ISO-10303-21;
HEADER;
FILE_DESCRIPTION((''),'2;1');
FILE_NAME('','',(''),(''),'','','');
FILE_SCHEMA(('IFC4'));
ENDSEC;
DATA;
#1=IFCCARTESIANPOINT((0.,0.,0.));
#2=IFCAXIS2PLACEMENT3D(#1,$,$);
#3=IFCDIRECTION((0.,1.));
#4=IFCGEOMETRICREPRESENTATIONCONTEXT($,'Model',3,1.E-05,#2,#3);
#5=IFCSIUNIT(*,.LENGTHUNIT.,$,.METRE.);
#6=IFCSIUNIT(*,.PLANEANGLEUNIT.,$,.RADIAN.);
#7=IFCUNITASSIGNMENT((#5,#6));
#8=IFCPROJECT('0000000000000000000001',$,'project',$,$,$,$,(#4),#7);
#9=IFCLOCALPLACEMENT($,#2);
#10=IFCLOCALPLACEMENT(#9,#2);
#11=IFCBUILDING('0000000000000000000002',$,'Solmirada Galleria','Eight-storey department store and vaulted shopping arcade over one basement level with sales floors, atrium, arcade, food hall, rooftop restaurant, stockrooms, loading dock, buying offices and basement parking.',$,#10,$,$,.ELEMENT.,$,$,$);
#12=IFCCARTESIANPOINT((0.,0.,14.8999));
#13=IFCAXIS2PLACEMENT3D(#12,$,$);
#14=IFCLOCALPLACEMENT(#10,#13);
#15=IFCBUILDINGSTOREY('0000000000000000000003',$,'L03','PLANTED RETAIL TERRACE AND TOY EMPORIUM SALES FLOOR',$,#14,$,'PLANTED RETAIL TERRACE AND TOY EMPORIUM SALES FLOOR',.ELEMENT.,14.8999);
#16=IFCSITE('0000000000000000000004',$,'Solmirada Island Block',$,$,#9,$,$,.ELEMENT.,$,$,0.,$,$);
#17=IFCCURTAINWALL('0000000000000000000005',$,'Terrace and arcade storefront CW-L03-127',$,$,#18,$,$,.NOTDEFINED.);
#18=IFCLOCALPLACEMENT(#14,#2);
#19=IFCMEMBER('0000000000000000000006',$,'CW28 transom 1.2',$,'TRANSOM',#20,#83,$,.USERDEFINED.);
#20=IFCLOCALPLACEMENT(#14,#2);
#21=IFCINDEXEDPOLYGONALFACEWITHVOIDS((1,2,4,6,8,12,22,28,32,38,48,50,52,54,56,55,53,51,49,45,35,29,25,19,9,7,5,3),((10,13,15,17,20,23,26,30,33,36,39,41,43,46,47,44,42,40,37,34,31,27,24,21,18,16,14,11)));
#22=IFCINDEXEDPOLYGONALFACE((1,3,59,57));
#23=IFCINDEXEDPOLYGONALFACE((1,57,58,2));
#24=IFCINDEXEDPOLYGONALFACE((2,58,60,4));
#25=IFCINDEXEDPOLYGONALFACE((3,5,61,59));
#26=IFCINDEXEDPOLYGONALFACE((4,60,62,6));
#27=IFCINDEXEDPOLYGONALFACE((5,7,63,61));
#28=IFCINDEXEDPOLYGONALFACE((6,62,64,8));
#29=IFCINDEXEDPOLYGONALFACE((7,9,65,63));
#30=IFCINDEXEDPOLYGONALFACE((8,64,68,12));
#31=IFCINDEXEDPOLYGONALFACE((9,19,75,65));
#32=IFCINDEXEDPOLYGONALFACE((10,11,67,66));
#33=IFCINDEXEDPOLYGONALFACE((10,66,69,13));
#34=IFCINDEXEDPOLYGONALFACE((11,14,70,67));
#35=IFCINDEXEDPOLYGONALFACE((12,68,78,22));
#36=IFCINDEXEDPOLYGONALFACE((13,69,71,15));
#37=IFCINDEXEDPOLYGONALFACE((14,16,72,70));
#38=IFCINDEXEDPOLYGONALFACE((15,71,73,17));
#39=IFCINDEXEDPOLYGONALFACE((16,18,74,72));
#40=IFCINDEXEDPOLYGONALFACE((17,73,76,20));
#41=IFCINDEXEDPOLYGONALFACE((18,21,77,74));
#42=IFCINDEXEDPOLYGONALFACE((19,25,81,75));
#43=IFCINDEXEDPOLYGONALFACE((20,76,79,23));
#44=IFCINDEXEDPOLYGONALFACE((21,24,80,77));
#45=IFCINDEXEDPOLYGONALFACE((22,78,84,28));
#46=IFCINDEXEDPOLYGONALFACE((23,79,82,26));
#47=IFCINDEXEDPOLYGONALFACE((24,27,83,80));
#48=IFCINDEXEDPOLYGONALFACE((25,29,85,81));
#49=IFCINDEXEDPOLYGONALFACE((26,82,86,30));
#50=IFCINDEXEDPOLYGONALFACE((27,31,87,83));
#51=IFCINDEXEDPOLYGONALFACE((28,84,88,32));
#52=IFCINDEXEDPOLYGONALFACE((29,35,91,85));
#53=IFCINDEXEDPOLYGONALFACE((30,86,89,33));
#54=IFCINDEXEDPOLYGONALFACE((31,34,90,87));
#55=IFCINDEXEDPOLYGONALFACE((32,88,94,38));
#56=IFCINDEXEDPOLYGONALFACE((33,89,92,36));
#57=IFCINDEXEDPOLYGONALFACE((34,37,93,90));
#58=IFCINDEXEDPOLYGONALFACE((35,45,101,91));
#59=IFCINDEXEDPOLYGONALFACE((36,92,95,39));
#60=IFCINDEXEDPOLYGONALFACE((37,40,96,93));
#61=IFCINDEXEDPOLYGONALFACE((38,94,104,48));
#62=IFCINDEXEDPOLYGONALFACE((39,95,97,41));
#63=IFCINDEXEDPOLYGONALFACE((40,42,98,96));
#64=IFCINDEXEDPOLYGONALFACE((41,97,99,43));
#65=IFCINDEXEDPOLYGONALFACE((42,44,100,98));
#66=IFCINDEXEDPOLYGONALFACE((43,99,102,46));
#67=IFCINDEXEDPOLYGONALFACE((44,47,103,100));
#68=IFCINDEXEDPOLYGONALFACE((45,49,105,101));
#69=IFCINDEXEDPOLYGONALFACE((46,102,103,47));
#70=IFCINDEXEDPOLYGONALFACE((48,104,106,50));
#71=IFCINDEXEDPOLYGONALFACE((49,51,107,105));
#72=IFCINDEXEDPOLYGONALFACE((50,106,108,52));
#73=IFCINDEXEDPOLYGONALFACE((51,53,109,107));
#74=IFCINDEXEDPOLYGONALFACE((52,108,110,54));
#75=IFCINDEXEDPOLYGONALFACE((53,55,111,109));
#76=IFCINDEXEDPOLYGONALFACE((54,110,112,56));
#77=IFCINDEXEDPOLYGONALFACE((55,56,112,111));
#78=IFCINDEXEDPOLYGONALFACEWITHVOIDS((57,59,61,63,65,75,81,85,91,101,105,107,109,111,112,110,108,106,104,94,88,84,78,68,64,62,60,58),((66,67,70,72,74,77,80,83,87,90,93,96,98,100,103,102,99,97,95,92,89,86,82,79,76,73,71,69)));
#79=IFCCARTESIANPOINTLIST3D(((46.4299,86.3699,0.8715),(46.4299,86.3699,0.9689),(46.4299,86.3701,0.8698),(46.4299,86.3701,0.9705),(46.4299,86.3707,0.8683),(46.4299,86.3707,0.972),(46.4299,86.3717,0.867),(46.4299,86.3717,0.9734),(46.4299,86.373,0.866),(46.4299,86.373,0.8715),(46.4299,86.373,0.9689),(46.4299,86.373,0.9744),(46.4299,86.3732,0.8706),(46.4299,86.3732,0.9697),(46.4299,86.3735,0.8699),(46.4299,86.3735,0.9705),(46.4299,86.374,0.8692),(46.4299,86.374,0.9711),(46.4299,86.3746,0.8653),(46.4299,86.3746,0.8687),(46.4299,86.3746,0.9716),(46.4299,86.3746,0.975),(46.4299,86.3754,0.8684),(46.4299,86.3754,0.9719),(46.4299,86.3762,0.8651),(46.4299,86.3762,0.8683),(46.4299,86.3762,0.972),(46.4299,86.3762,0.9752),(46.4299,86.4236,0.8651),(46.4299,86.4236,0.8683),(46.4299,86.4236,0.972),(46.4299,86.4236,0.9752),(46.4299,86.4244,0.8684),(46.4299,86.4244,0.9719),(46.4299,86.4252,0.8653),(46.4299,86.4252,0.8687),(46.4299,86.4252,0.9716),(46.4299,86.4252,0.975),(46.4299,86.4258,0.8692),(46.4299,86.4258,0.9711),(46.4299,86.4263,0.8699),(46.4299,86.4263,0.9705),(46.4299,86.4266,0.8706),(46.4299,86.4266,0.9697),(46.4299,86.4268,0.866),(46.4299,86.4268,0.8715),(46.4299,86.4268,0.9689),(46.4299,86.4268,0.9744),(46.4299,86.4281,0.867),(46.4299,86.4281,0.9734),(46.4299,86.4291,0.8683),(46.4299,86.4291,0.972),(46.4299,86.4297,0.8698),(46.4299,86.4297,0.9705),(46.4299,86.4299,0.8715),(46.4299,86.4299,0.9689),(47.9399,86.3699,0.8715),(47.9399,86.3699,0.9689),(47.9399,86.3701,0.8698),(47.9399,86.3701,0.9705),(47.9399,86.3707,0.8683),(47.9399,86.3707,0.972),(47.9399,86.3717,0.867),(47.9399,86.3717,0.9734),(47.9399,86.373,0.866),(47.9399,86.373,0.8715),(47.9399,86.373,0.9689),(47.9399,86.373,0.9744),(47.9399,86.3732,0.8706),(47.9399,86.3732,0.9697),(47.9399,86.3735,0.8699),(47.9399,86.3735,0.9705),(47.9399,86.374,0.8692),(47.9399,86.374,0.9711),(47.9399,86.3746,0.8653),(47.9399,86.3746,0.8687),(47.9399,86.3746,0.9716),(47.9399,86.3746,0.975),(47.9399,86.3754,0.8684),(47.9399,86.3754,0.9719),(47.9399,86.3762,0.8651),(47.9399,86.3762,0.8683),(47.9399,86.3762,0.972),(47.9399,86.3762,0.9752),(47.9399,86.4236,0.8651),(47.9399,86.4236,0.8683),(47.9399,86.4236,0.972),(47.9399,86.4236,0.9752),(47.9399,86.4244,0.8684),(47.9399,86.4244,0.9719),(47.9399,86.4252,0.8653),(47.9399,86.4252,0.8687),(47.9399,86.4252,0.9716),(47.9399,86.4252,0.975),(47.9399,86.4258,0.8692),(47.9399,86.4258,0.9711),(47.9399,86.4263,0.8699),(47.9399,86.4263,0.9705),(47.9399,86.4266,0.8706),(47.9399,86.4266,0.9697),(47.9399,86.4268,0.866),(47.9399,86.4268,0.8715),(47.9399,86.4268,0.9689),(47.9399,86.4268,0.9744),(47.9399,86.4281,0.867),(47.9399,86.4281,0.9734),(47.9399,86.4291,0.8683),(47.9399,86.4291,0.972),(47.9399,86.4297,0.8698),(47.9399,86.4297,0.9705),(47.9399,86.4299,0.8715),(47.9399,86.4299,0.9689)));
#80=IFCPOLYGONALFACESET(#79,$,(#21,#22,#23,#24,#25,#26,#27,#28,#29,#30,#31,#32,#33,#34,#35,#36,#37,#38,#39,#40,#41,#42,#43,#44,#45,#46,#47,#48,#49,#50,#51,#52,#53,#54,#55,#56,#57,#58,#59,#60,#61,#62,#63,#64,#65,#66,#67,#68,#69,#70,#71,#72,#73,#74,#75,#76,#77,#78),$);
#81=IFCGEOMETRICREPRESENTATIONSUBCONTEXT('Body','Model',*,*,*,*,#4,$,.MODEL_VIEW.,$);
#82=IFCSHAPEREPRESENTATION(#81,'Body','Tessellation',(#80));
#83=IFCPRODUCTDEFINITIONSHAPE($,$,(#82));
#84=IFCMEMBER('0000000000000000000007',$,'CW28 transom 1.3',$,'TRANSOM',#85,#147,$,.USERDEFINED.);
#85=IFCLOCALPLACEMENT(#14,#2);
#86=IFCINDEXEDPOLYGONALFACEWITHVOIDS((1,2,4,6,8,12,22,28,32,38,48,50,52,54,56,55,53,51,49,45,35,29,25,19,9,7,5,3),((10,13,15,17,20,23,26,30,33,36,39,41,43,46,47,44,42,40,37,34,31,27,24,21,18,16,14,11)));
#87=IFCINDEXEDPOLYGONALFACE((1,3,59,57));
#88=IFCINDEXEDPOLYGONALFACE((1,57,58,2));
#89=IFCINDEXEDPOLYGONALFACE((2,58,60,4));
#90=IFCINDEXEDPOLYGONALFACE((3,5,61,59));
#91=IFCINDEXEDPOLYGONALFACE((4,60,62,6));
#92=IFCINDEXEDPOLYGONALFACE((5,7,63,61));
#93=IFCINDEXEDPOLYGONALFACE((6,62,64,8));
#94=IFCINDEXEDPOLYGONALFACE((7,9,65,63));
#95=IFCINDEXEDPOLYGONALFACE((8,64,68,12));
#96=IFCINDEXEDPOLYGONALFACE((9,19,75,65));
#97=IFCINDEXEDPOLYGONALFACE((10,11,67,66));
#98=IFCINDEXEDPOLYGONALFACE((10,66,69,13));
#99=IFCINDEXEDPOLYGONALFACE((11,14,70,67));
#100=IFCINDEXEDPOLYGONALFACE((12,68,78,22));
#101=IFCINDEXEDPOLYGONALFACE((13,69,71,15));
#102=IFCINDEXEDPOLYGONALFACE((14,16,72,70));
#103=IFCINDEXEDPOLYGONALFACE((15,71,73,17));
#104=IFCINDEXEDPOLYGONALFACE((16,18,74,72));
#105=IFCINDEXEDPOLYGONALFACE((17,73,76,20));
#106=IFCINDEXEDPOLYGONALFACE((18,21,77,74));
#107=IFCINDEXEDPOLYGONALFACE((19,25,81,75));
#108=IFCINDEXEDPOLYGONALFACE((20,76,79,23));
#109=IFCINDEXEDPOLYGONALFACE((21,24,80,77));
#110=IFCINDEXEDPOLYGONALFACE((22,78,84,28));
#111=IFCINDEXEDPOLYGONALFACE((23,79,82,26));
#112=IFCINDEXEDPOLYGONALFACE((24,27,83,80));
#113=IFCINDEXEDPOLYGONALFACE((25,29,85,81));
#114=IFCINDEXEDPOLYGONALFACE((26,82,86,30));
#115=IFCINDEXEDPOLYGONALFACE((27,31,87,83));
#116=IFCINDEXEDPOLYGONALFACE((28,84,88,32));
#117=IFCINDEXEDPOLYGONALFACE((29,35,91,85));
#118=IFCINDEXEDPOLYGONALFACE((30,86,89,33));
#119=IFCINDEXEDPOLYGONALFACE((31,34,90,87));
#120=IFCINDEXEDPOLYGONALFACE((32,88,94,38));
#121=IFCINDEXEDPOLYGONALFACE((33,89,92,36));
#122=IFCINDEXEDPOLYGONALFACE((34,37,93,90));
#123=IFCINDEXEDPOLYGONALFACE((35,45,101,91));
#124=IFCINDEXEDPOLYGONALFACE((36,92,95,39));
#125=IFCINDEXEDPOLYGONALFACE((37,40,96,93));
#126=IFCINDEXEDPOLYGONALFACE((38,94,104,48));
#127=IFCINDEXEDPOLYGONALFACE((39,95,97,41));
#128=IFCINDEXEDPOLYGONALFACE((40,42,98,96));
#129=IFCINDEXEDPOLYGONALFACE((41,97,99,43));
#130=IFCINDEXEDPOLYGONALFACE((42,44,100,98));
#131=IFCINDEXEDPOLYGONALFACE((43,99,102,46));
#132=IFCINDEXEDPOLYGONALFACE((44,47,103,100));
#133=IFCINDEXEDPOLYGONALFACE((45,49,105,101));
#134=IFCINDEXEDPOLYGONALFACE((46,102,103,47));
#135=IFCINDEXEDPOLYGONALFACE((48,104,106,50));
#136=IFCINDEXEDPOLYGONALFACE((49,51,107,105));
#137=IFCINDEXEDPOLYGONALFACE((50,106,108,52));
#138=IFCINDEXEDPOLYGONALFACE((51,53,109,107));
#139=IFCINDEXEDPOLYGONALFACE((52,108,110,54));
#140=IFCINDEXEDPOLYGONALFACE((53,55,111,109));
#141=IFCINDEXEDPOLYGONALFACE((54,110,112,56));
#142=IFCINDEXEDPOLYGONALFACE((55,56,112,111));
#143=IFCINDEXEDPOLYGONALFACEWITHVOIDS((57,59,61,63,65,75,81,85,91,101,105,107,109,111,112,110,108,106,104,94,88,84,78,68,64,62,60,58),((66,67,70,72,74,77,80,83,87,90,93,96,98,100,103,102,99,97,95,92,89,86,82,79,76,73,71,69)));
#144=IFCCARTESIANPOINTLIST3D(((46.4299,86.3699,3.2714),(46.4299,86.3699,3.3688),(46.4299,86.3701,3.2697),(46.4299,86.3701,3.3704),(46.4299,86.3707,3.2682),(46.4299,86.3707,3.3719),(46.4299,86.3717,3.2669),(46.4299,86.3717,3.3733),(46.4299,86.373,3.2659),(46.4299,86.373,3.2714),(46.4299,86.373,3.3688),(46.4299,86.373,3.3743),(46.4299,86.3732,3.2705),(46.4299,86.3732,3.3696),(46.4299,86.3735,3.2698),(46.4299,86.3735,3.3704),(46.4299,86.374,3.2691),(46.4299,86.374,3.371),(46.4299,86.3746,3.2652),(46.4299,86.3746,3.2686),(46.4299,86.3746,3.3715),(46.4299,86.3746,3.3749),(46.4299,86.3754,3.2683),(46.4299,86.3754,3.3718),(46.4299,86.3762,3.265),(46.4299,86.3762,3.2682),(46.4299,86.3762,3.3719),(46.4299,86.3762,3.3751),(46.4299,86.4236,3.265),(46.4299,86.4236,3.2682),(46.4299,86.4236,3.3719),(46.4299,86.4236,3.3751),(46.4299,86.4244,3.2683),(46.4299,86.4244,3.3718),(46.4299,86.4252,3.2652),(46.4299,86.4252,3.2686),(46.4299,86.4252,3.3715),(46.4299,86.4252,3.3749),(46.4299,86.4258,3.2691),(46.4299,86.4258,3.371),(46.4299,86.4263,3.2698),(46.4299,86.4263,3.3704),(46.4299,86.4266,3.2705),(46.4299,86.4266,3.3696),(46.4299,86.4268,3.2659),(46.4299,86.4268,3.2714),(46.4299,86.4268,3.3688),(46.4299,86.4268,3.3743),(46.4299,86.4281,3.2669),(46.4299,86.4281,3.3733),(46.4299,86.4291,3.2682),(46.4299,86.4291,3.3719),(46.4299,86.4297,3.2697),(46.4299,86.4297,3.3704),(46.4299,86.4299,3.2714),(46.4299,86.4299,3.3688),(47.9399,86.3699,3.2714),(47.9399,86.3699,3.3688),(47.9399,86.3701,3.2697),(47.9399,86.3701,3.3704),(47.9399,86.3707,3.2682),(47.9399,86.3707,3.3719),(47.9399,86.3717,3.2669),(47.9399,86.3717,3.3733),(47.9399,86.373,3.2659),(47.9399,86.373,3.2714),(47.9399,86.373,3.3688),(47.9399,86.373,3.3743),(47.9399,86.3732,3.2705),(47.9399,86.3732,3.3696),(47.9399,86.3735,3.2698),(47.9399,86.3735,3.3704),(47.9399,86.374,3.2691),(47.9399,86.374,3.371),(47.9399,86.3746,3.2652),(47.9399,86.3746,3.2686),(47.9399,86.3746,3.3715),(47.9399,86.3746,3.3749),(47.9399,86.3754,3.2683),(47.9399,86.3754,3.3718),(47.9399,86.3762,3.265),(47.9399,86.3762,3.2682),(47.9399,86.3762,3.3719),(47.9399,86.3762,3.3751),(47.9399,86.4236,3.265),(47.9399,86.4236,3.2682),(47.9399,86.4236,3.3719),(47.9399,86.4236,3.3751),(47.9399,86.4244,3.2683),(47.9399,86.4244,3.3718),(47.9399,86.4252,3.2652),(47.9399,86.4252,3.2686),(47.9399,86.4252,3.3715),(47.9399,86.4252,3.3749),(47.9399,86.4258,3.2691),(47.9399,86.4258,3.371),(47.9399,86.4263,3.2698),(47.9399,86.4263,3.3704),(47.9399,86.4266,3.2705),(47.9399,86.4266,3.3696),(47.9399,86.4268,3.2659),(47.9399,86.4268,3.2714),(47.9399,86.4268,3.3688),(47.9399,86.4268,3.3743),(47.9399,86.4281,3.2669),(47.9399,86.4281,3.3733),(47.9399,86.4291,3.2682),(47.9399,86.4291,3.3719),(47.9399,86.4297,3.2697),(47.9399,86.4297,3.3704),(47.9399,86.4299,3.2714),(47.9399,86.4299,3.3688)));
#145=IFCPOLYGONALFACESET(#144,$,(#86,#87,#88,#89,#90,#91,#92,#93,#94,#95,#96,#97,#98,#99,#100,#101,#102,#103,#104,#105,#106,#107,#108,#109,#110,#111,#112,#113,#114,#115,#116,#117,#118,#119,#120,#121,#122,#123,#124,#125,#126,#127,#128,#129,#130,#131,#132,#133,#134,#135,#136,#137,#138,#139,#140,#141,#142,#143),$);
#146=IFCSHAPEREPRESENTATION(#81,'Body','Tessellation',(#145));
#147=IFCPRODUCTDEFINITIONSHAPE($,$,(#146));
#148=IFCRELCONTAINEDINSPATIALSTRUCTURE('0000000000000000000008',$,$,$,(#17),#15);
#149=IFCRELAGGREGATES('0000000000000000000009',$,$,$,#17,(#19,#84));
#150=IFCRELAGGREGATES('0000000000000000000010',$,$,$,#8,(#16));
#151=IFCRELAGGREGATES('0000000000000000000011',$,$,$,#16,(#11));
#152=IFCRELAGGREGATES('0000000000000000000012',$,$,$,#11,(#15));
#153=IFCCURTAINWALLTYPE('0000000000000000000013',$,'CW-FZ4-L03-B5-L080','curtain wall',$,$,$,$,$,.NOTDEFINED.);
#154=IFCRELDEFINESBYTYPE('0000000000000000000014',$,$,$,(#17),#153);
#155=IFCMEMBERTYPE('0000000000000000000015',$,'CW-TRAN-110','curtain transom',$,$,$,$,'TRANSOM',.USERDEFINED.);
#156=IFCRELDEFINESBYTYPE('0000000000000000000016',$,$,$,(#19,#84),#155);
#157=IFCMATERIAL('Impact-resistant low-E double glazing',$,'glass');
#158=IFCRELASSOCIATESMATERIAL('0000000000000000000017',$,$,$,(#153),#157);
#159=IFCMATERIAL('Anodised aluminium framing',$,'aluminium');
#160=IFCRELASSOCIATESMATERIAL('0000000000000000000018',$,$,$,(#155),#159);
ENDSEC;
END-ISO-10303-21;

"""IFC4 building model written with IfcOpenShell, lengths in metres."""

from ifc_helpers import new_model, si_unit, direction, frame, origin, origin_2d, place, context, subcontext, project, spatial, hollow_rectangle, extrude, material, material_profile, profile_set, type_object, element, aggregate, save


model = new_model("IFC4")

# Units and contexts
model_context = context("Model", 3, precision=1e-05, world=origin(), true_north=direction((0.0, 1.0)))
body_context = subcontext(model_context, "Body", "Model", "MODEL_VIEW")
ifc_project = project(units=[si_unit("LENGTHUNIT", "METRE"), si_unit("PLANEANGLEUNIT", "RADIAN")], contexts=[model_context])

# Site, building, storey
site_placement = place(None, origin())
site = spatial("IfcSite", under=ifc_project, at=site_placement, Name="Solmirada Island Block", CompositionType="ELEMENT", RefElevation=0.0)
building_placement = place(site_placement, origin())
building = spatial("IfcBuilding", under=site, at=building_placement, Name="Solmirada Galleria", Description="Eight-storey department store and vaulted shopping arcade over one basement level with sales floors, atrium, arcade, food hall, rooftop restaurant, stockrooms, loading dock, buying offices and basement parking.", CompositionType="ELEMENT")
storey_placement = place(building_placement, frame((0.0, 0.0, 14.8999)))
storey = spatial("IfcBuildingStorey", under=building, at=storey_placement, Name="L03", Description="PLANTED RETAIL TERRACE AND TOY EMPORIUM SALES FLOOR", LongName="PLANTED RETAIL TERRACE AND TOY EMPORIUM SALES FLOOR", CompositionType="ELEMENT", Elevation=14.8999)

# Curtain wall
ifc_material_1 = material(Name="Impact-resistant low-E double glazing", Category="glass")
curtain_wall_type = type_object("IfcCurtainWallType", Name="CW-FZ4-L03-B5-L080", Description="curtain wall", PredefinedType="NOTDEFINED", material=ifc_material_1)
ifc_material_2 = material(Name="Anodised aluminium framing", Category="aluminium")
curtain_wall_1_placement = place(storey_placement, origin())
curtain_wall_1 = element("IfcCurtainWall", 1, at=curtain_wall_1_placement, inside=storey, type_object=curtain_wall_type, Name="Terrace and arcade storefront CW-L03-127", PredefinedType="NOTDEFINED")

# Members
ifc_material_profile_1 = material_profile(ifc_material_2, hollow_rectangle(XDim=0.0601, YDim=0.1101, WallThickness=0.0032, InnerFilletRadius=0.0032, OuterFilletRadius=0.0063, at=origin_2d()), Name="ALU-TRAN-110X60")
ifc_profile_set_1 = profile_set([ifc_material_profile_1], Name="Anodised aluminium framing")
member_type_1 = type_object("IfcMemberType", Name="CW-TRAN-110", Description="curtain transom", ElementType="TRANSOM", PredefinedType="USERDEFINED", material=ifc_profile_set_1)
member_1_placement = place(storey_placement, frame((47.9399, 86.3999, 0.9202), z_axis=(-1.0, 0.0, 0.0), x_axis=(0.0, -1.0, 0.0)))
member_1 = element("IfcMember", 2, at=member_1_placement, type_object=member_type_1, Name="CW28 transom 1.2", ObjectType="TRANSOM", PredefinedType="USERDEFINED", context=body_context, shape_type="SweptSolid", body=[
    extrude(hollow_rectangle(XDim=0.0601, YDim=0.1101, WallThickness=0.0032, InnerFilletRadius=0.0032, OuterFilletRadius=0.0063, at=origin_2d()), origin(), (0.0, 0.0, 1.0), 1.51),
])
member_2_placement = place(storey_placement, frame((47.9399, 86.3999, 3.3201), z_axis=(-1.0, 0.0, 0.0), x_axis=(0.0, -1.0, 0.0)))
member_2 = element("IfcMember", 3, at=member_2_placement, type_object=member_type_1, Name="CW28 transom 1.3", ObjectType="TRANSOM", PredefinedType="USERDEFINED", context=body_context, shape_type="SweptSolid", body=[
    extrude(hollow_rectangle(XDim=0.0601, YDim=0.1101, WallThickness=0.0032, InnerFilletRadius=0.0032, OuterFilletRadius=0.0063, at=origin_2d()), origin(), (0.0, 0.0, 1.0), 1.51),
])

aggregate(curtain_wall_1, [member_1, member_2])

save(model, "model.ifc")
